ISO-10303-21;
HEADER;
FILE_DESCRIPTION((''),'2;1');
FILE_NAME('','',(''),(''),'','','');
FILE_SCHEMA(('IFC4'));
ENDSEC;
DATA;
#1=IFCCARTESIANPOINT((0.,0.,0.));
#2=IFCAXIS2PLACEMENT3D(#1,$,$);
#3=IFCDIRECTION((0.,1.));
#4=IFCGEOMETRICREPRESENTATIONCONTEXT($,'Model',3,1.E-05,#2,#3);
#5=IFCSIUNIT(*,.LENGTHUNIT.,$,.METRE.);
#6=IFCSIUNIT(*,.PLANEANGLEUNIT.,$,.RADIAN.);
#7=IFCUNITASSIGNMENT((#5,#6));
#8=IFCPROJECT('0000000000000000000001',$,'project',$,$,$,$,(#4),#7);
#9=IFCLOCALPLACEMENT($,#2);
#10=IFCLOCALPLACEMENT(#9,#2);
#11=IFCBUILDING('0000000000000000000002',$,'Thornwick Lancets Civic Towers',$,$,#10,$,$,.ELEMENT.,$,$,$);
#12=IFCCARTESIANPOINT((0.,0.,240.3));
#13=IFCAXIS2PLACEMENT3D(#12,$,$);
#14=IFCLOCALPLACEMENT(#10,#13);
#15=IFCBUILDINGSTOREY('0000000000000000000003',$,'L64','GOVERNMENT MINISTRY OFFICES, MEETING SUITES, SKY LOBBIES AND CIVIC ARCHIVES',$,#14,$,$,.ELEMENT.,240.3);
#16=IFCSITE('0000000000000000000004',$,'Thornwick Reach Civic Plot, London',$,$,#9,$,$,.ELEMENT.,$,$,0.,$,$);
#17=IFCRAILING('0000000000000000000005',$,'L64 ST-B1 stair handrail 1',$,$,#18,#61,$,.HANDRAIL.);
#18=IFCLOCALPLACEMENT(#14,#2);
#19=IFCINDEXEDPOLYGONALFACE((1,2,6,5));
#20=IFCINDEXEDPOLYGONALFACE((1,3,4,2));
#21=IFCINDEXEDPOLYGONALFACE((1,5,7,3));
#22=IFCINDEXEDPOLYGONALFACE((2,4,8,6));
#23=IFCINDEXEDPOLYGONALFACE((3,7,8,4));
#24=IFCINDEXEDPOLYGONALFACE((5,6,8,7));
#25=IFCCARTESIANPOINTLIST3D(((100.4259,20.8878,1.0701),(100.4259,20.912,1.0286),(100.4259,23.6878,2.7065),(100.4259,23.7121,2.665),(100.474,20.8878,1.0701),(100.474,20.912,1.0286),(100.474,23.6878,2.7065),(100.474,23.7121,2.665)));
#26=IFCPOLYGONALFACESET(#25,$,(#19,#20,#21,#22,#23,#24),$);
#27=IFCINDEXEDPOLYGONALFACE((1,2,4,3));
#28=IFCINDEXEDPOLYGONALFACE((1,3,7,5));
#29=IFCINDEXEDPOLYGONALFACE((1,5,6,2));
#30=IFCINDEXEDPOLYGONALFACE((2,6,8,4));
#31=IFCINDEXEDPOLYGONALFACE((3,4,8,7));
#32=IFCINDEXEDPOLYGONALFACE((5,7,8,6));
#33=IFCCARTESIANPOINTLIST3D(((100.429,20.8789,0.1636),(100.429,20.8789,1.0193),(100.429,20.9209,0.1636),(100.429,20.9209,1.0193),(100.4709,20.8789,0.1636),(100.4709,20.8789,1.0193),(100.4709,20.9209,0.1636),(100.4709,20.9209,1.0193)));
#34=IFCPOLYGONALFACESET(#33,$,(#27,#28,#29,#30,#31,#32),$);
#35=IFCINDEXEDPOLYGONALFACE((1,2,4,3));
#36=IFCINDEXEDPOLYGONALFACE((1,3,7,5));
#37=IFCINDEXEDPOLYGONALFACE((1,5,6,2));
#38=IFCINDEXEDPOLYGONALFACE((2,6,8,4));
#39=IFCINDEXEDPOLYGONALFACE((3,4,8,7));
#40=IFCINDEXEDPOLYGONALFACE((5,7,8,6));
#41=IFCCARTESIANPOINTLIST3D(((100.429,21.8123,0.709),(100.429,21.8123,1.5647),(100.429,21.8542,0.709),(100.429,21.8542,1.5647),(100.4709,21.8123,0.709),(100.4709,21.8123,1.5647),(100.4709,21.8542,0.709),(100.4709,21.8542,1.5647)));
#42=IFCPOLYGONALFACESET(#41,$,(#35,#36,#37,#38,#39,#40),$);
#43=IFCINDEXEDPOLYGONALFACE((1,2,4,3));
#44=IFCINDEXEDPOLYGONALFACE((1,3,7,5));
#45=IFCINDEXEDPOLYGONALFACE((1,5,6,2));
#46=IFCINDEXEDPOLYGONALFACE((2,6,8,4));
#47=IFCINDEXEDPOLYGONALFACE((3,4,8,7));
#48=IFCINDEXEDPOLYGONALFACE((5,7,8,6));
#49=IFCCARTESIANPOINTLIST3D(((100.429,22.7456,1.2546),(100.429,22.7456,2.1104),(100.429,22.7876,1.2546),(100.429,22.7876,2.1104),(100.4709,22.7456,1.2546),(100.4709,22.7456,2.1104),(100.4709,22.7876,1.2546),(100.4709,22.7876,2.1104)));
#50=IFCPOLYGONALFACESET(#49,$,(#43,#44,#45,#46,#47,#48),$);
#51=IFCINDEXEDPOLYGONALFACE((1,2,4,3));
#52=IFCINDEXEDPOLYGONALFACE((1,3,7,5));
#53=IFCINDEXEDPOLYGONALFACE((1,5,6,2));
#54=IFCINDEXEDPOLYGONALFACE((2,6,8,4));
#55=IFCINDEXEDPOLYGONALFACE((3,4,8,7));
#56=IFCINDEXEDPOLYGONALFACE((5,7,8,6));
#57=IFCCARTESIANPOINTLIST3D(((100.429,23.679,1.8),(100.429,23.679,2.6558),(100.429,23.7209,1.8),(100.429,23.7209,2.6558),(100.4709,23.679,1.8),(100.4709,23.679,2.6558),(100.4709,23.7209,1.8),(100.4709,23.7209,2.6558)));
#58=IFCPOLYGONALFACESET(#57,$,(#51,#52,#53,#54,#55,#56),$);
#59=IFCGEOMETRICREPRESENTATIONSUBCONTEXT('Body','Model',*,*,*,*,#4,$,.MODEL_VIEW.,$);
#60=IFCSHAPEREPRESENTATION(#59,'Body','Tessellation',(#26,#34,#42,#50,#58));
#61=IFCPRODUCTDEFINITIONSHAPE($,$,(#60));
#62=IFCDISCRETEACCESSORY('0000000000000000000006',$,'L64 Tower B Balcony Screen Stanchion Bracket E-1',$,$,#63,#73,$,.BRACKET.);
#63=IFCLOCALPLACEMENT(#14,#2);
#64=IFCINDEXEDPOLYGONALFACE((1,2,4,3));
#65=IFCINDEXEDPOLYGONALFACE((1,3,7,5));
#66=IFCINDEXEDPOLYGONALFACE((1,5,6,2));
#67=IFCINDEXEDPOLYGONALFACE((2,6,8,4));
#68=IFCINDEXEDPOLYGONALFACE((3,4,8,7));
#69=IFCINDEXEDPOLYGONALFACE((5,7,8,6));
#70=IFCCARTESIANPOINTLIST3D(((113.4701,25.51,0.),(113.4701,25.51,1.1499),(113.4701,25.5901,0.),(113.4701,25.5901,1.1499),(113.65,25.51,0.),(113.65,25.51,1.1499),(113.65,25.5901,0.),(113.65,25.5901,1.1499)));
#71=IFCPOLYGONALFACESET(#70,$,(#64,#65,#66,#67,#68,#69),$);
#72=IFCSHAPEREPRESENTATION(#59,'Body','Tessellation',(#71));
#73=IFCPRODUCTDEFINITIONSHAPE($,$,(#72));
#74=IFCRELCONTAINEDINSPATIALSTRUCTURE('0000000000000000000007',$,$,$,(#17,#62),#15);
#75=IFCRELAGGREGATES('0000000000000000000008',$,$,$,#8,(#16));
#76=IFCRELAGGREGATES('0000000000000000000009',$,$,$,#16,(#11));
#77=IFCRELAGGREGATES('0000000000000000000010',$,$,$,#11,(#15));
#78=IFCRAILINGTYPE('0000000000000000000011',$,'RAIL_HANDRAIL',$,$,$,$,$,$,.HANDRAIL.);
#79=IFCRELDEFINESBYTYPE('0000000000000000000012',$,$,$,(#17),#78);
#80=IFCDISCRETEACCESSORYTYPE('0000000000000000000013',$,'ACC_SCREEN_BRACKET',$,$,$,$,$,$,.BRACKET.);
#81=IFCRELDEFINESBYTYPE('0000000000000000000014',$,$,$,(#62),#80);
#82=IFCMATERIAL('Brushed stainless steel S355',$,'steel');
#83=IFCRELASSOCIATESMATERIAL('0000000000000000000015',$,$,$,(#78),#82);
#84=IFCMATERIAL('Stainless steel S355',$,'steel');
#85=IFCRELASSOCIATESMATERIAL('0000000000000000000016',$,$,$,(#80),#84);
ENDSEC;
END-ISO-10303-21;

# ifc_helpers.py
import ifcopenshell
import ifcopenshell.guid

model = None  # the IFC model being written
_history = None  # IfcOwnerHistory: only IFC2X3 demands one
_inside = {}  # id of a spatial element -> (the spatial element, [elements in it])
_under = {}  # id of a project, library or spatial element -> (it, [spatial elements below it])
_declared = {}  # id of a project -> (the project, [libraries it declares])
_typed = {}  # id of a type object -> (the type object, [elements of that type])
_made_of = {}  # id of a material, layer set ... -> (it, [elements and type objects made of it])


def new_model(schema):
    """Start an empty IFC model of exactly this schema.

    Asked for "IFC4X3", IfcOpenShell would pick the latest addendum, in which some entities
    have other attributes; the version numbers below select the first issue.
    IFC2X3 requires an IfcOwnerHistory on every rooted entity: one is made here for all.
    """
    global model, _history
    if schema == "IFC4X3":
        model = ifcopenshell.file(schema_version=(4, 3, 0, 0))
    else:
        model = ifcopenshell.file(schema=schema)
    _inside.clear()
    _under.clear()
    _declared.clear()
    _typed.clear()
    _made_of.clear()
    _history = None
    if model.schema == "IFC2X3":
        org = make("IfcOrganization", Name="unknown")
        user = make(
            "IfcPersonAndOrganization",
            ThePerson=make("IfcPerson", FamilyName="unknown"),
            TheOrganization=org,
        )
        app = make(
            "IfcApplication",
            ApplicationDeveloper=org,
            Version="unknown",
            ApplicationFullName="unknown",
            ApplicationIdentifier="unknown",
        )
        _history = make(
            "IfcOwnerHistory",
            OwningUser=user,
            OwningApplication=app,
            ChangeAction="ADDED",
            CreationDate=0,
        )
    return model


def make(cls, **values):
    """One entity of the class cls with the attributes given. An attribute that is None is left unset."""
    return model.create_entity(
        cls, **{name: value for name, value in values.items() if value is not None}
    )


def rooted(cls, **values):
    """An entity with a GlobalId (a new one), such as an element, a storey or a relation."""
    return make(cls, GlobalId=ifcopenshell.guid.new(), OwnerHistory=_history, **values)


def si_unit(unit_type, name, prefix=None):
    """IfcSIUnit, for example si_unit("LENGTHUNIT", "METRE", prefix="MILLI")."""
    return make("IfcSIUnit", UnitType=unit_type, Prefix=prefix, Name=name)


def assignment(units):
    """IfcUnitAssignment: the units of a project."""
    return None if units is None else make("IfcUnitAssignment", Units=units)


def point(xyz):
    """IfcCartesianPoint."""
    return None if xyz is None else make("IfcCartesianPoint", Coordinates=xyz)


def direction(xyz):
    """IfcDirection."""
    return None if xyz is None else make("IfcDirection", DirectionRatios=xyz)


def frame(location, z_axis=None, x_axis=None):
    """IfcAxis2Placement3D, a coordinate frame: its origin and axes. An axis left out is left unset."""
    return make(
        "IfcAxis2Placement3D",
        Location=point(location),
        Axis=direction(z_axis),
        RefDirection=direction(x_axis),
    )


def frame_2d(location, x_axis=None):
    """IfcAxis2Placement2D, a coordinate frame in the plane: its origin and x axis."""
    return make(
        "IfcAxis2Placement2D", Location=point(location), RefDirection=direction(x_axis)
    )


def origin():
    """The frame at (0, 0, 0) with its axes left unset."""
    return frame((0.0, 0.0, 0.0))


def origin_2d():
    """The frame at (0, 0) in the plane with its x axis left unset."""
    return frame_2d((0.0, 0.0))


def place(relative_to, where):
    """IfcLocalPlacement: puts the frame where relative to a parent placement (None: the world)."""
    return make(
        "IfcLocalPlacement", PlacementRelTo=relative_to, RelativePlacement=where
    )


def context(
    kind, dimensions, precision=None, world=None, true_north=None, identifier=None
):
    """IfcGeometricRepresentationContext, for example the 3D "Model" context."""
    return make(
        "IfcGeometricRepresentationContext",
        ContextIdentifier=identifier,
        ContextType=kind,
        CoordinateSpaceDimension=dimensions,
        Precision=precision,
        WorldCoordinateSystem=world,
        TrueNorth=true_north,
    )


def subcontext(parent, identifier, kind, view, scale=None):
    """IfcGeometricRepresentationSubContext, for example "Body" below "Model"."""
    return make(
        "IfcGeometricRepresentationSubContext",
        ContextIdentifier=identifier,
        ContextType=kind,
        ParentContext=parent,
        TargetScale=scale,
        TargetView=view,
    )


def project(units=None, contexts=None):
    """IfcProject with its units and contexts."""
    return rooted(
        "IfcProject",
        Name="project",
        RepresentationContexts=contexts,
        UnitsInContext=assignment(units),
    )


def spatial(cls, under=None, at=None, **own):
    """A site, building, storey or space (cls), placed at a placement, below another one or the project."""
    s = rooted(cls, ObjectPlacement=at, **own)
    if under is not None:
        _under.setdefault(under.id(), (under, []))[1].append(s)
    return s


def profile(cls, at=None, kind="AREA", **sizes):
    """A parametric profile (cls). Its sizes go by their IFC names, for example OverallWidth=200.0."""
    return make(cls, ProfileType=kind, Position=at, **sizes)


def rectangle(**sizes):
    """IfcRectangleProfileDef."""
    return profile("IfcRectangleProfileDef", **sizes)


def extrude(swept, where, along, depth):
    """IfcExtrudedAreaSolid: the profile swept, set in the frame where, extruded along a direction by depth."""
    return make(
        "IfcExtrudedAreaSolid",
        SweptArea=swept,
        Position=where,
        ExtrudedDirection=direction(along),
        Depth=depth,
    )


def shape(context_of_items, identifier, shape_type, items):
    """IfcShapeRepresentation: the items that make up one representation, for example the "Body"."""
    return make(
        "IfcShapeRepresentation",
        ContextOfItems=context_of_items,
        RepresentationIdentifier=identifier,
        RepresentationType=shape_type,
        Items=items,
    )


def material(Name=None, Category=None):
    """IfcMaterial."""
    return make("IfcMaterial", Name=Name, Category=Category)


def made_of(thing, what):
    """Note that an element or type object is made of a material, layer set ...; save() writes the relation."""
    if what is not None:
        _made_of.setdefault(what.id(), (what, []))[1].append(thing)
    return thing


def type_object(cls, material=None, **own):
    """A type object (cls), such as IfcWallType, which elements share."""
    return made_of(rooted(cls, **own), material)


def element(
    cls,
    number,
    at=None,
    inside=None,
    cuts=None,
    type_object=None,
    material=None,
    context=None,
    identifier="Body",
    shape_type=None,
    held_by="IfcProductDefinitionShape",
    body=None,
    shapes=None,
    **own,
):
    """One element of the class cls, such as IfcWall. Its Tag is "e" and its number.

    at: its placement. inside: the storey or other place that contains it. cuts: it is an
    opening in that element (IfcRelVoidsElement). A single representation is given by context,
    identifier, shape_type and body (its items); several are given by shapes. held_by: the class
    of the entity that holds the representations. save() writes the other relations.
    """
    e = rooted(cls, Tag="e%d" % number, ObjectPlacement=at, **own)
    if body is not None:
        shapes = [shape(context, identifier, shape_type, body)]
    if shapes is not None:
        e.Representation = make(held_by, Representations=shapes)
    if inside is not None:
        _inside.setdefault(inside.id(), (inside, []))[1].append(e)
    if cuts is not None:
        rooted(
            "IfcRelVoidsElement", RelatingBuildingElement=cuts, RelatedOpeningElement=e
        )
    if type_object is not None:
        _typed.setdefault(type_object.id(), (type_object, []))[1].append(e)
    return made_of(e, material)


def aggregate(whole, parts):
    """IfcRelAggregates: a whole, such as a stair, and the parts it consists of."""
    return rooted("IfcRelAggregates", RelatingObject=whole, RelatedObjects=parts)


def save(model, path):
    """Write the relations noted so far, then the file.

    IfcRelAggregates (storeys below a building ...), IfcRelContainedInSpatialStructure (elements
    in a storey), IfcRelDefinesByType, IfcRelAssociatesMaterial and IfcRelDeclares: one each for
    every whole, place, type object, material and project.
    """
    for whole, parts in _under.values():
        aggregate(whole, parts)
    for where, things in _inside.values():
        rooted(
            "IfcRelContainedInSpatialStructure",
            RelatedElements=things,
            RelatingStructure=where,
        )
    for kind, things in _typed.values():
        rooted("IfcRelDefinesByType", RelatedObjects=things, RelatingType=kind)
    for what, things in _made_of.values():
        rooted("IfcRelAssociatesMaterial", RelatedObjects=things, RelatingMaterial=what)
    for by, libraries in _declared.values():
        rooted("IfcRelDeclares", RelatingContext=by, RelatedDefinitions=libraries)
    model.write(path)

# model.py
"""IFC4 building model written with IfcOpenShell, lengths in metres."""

from ifc_helpers import new_model, si_unit, direction, frame, origin, origin_2d, place, context, subcontext, project, spatial, rectangle, extrude, material, type_object, element, save


model = new_model("IFC4")

# Units and contexts
model_context = context("Model", 3, precision=1e-05, world=origin(), true_north=direction((0.0, 1.0)))
body_context = subcontext(model_context, "Body", "Model", "MODEL_VIEW")
ifc_project = project(units=[si_unit("LENGTHUNIT", "METRE"), si_unit("PLANEANGLEUNIT", "RADIAN")], contexts=[model_context])

# Site, building, storey
site_placement = place(None, origin())
site = spatial("IfcSite", under=ifc_project, at=site_placement, Name="Thornwick Reach Civic Plot, London", CompositionType="ELEMENT", RefElevation=0.0)
building_placement = place(site_placement, origin())
building = spatial("IfcBuilding", under=site, at=building_placement, Name="Thornwick Lancets Civic Towers", CompositionType="ELEMENT")
storey_placement = place(building_placement, frame((0.0, 0.0, 240.3)))
storey = spatial("IfcBuildingStorey", under=building, at=storey_placement, Name="L64", Description="GOVERNMENT MINISTRY OFFICES, MEETING SUITES, SKY LOBBIES AND CIVIC ARCHIVES", CompositionType="ELEMENT", Elevation=240.3)

# Railing
ifc_material_1 = material(Name="Brushed stainless steel S355", Category="steel")
railing_type = type_object("IfcRailingType", Name="RAIL_HANDRAIL", PredefinedType="HANDRAIL", material=ifc_material_1)
railing_placement = place(storey_placement, frame((100.45, 20.8999, 0.1636)))
element("IfcRailing", 1, at=railing_placement, inside=storey, type_object=railing_type, Name="L64 ST-B1 stair handrail 1", PredefinedType="HANDRAIL", context=body_context, shape_type="SweptSolid", body=[
    extrude(rectangle(XDim=0.0481, YDim=0.0481, at=origin_2d()), frame((0.0, 0.0, 0.8857), z_axis=(0.0, 0.863361, 0.504587), x_axis=(-1.0, 0.0, 0.0)), (0.0, 0.0, 1.0), 3.2432),
    extrude(rectangle(XDim=0.042, YDim=0.042, at=origin_2d()), origin(), (0.0, 0.0, 1.0), 0.8557),
    extrude(rectangle(XDim=0.042, YDim=0.042, at=origin_2d()), frame((0.0, 0.9333, 0.5454)), (0.0, 0.0, 1.0), 0.8557),
    extrude(rectangle(XDim=0.042, YDim=0.042, at=origin_2d()), frame((0.0, 1.8667, 1.0911)), (0.0, 0.0, 1.0), 0.8557),
    extrude(rectangle(XDim=0.042, YDim=0.042, at=origin_2d()), frame((0.0, 2.8, 1.6365)), (0.0, 0.0, 1.0), 0.8557),
])

# Discrete accessory
ifc_material_2 = material(Name="Stainless steel S355", Category="steel")
discrete_accessory_type = type_object("IfcDiscreteAccessoryType", Name="ACC_SCREEN_BRACKET", PredefinedType="BRACKET", material=ifc_material_2)
discrete_accessory_placement = place(storey_placement, frame((113.5601, 25.55, 0.0), z_axis=(0.0, 0.0, 1.0), x_axis=(0.0, 1.0, 0.0)))
element("IfcDiscreteAccessory", 2, at=discrete_accessory_placement, inside=storey, type_object=discrete_accessory_type, Name="L64 Tower B Balcony Screen Stanchion Bracket E-1", PredefinedType="BRACKET", context=body_context, shape_type="SweptSolid", body=[
    extrude(rectangle(XDim=0.0801, YDim=0.1799, at=origin_2d()), origin(), (0.0, 0.0, 1.0), 1.1499),
])

save(model, "model.ifc")
